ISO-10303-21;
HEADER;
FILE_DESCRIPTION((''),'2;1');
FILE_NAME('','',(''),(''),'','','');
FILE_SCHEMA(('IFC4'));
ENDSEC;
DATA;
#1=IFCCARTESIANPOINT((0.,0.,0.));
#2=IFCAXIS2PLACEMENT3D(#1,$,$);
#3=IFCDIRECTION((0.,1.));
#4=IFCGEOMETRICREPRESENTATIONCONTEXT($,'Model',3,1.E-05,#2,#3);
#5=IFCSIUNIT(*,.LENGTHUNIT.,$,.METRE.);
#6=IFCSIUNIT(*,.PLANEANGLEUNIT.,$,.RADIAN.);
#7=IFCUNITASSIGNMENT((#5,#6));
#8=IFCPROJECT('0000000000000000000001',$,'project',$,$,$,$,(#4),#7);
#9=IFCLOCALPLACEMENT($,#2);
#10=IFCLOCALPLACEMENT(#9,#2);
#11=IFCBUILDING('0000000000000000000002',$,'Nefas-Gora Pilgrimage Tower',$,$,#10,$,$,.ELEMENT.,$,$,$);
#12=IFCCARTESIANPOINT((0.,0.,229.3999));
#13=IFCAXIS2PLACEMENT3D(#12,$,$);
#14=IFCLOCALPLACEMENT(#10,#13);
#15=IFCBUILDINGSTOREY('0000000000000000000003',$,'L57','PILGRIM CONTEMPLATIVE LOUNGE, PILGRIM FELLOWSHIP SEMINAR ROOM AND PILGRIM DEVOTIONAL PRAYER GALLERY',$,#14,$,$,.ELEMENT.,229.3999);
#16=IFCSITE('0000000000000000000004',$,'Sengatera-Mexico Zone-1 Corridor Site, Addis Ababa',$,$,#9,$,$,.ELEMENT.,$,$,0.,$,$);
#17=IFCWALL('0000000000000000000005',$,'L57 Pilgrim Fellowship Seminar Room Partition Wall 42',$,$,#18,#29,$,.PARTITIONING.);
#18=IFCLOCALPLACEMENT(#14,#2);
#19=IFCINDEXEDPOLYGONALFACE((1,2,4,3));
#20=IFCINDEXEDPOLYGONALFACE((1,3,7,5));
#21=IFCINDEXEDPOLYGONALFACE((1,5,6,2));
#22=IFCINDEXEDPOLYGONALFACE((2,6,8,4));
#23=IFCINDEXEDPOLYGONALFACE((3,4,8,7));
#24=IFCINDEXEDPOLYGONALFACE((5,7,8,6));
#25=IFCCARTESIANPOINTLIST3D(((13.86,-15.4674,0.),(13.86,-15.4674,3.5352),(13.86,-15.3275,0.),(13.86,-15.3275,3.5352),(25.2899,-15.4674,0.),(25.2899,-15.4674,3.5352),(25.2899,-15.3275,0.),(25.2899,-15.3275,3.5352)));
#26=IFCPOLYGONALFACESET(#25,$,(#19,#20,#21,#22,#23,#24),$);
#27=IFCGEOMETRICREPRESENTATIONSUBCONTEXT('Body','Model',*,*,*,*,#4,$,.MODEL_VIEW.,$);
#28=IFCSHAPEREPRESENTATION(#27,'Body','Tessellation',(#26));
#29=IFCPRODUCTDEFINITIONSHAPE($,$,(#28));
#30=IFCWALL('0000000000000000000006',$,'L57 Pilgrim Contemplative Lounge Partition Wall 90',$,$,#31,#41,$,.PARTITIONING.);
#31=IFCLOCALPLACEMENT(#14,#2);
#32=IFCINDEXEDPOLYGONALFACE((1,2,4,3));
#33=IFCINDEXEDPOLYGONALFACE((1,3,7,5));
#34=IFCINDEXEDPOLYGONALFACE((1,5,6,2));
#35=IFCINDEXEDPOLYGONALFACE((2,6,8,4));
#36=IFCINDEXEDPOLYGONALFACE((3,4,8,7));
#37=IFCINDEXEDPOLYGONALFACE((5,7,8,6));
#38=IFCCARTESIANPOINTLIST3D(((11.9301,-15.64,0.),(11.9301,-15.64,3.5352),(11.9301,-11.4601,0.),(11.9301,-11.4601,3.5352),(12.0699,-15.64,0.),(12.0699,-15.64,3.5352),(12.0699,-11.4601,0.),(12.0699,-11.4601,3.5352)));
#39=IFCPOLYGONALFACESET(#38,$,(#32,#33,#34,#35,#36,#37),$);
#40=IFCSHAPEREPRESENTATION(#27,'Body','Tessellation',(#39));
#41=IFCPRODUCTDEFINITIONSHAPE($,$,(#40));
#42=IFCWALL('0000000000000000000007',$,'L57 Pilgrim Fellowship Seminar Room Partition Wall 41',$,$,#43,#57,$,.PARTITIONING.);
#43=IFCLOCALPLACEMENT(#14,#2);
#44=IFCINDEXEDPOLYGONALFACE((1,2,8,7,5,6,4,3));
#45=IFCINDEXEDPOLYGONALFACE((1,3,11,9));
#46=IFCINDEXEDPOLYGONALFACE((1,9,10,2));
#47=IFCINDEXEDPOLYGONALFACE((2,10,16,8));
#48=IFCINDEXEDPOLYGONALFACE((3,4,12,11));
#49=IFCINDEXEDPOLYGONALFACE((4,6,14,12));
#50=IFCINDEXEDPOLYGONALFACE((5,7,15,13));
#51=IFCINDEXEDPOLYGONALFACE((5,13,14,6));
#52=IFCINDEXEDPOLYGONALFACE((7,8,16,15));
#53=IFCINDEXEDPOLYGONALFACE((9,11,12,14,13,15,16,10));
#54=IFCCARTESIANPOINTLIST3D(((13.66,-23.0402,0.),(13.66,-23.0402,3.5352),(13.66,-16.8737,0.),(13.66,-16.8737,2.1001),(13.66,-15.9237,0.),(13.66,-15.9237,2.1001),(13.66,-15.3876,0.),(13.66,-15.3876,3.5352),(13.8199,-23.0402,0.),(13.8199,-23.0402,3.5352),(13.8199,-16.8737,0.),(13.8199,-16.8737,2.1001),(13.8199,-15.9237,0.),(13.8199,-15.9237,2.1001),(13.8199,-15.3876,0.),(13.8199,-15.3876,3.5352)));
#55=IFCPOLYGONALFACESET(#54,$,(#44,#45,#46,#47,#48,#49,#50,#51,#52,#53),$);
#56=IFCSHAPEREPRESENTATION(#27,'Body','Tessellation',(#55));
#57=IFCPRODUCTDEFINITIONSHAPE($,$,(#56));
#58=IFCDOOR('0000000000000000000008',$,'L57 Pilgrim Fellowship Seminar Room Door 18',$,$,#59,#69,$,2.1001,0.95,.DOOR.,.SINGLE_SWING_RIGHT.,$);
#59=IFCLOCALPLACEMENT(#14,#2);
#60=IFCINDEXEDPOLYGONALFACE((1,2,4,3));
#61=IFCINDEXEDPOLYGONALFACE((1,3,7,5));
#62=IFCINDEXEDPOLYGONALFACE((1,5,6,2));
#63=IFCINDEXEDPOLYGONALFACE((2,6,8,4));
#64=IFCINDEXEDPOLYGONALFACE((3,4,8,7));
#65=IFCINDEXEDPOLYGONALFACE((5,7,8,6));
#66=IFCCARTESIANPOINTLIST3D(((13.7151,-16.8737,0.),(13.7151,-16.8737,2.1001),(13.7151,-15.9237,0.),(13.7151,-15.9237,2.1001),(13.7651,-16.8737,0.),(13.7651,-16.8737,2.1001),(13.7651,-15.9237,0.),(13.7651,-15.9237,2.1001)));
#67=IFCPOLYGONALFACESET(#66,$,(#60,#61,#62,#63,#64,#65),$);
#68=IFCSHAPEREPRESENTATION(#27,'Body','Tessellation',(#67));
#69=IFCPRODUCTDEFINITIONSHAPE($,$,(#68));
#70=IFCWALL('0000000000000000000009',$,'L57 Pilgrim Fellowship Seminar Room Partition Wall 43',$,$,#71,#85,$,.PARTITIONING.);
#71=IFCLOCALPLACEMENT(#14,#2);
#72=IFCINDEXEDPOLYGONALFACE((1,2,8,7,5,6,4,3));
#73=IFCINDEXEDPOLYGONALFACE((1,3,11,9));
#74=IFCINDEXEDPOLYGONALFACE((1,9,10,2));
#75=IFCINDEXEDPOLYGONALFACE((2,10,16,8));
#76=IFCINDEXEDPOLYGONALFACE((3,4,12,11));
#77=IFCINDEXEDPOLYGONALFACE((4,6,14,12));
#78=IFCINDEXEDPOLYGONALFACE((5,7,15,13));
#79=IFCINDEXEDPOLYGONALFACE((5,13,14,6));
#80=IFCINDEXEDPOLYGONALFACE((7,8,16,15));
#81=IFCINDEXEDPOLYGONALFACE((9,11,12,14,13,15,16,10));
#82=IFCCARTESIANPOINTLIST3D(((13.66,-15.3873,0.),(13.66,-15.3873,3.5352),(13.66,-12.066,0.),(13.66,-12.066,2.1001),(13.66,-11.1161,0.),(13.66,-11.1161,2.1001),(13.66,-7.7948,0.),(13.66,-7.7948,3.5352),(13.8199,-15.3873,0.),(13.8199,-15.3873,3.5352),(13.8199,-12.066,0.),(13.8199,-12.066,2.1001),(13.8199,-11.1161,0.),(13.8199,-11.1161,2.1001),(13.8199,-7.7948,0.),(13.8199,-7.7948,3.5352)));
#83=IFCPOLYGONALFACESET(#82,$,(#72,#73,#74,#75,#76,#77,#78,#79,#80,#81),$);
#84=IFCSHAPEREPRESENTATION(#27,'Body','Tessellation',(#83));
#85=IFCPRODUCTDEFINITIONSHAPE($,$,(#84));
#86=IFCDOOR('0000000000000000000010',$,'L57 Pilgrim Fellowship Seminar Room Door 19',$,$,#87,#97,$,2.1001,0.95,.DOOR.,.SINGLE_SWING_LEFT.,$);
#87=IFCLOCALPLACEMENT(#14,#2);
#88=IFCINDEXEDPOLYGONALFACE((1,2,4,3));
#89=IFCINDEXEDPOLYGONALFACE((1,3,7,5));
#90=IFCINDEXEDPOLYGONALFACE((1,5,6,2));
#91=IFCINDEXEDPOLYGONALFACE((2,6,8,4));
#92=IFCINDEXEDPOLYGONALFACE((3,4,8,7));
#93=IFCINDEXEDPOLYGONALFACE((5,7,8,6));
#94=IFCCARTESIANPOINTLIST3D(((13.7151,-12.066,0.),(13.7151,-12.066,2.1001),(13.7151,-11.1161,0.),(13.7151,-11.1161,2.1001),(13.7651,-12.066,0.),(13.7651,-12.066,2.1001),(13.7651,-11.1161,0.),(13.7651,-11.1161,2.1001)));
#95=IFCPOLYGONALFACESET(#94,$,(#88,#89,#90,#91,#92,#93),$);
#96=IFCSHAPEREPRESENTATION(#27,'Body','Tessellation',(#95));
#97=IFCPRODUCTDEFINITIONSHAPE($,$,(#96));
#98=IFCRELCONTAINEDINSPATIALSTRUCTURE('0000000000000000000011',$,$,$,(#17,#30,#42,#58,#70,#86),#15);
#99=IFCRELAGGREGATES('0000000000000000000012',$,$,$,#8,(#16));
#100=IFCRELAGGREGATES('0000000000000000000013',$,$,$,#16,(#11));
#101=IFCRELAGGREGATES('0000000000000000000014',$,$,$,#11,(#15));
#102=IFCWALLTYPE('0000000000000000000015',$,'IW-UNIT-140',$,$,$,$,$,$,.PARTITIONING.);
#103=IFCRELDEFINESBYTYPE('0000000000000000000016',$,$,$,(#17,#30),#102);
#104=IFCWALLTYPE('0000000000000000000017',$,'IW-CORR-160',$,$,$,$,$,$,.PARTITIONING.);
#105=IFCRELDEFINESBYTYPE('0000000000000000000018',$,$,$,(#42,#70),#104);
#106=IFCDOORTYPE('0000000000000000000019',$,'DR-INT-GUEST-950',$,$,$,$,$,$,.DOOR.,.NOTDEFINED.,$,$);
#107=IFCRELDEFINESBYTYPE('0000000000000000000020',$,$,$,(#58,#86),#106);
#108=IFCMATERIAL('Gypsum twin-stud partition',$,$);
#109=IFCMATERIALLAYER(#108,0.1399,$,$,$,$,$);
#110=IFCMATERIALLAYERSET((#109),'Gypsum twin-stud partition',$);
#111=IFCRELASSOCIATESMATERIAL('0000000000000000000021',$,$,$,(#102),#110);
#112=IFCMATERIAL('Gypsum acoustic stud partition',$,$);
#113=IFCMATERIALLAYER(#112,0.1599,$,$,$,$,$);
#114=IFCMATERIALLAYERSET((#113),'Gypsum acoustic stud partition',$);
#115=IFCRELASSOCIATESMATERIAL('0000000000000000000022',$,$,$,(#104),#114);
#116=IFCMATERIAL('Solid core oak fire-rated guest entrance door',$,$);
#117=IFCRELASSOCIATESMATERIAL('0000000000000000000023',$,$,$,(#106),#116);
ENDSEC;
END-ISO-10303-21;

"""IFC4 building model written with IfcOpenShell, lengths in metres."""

from ifc_helpers import new_model, si_unit, direction, frame, frame_2d, origin, place, context, subcontext, project, spatial, rectangle, extrude, source, transform, mapped, material, layer, layer_set, type_object, element, fill, save


model = new_model("IFC4")

# Units and contexts
model_context = context("Model", 3, precision=1e-05, world=origin(), true_north=direction((0.0, 1.0)))
body_context = subcontext(model_context, "Body", "Model", "MODEL_VIEW")
ifc_project = project(units=[si_unit("LENGTHUNIT", "METRE"), si_unit("PLANEANGLEUNIT", "RADIAN")], contexts=[model_context])

# Site, building, storey
site_placement = place(None, origin())
site = spatial("IfcSite", under=ifc_project, at=site_placement, Name="Sengatera-Mexico Zone-1 Corridor Site, Addis Ababa", CompositionType="ELEMENT", RefElevation=0.0)
building_placement = place(site_placement, origin())
building = spatial("IfcBuilding", under=site, at=building_placement, Name="Nefas-Gora Pilgrimage Tower", CompositionType="ELEMENT")
storey_placement = place(building_placement, frame((0.0, 0.0, 229.3999)))
storey = spatial("IfcBuildingStorey", under=building, at=storey_placement, Name="L57", Description="PILGRIM CONTEMPLATIVE LOUNGE, PILGRIM FELLOWSHIP SEMINAR ROOM AND PILGRIM DEVOTIONAL PRAYER GALLERY", CompositionType="ELEMENT", Elevation=229.3999)

# Walls
ifc_material_1 = material(Name="Gypsum twin-stud partition")
ifc_layer_1 = layer(ifc_material_1, 0.1399)
ifc_layer_set_1 = layer_set([ifc_layer_1], Name="Gypsum twin-stud partition")
wall_type_1 = type_object("IfcWallType", Name="IW-UNIT-140", PredefinedType="PARTITIONING", material=ifc_layer_set_1)
shared_shape_1 = source(origin(), body_context, "Body", "SweptSolid", [
    extrude(rectangle(XDim=11.4299, YDim=0.1399, at=frame_2d((5.7148, 0.0))), origin(), (0.0, 0.0, 1.0), 3.5352),
])
wall_1_placement = place(storey_placement, frame((13.8601, -15.3975, 0.0), z_axis=(0.0, 0.0, 1.0), x_axis=(1.0, 0.0, 0.0)))
element("IfcWall", 1, at=wall_1_placement, inside=storey, type_object=wall_type_1, Name="L57 Pilgrim Fellowship Seminar Room Partition Wall 42", PredefinedType="PARTITIONING", context=body_context, shape_type="MappedRepresentation", body=[
    mapped(shared_shape_1, transform((0.0, 0.0, 0.0), x_axis=(1.0, 0.0, 0.0), y_axis=(0.0, 1.0, 0.0), z_axis=(0.0, 0.0, 1.0), scale=1.0)),
])
shared_shape_2 = source(origin(), body_context, "Body", "SweptSolid", [
    extrude(rectangle(XDim=4.1799, YDim=0.1399, at=frame_2d((2.0898, 0.0))), origin(), (0.0, 0.0, 1.0), 3.5352),
])
wall_2_placement = place(storey_placement, frame((12.0, -15.6399, 0.0), z_axis=(0.0, 0.0, 1.0), x_axis=(0.0, 1.0, 0.0)))
element("IfcWall", 2, at=wall_2_placement, inside=storey, type_object=wall_type_1, Name="L57 Pilgrim Contemplative Lounge Partition Wall 90", PredefinedType="PARTITIONING", context=body_context, shape_type="MappedRepresentation", body=[
    mapped(shared_shape_2, transform((0.0, 0.0, 0.0), x_axis=(1.0, 0.0, 0.0), y_axis=(0.0, 1.0, 0.0), z_axis=(0.0, 0.0, 1.0), scale=1.0)),
])

# Walls, openings, doors
ifc_material_2 = material(Name="Gypsum acoustic stud partition")
ifc_layer_2 = layer(ifc_material_2, 0.1599)
ifc_layer_set_2 = layer_set([ifc_layer_2], Name="Gypsum acoustic stud partition")
wall_type_2 = type_object("IfcWallType", Name="IW-CORR-160", PredefinedType="PARTITIONING", material=ifc_layer_set_2)
shared_shape_3 = source(origin(), body_context, "Body", "SweptSolid", [
    extrude(rectangle(XDim=7.6526, YDim=0.1599, at=frame_2d((3.8262, 0.0))), origin(), (0.0, 0.0, 1.0), 3.5352),
])
wall_3_placement = place(storey_placement, frame((13.74, -23.04, 0.0), z_axis=(0.0, 0.0, 1.0), x_axis=(0.0, 1.0, 0.0)))
wall_3 = element("IfcWall", 3, at=wall_3_placement, inside=storey, type_object=wall_type_2, Name="L57 Pilgrim Fellowship Seminar Room Partition Wall 41", PredefinedType="PARTITIONING", context=body_context, shape_type="MappedRepresentation", body=[
    mapped(shared_shape_3, transform((0.0, 0.0, 0.0), x_axis=(1.0, 0.0, 0.0), y_axis=(0.0, 1.0, 0.0), z_axis=(0.0, 0.0, 1.0), scale=1.0)),
])
opening_1_placement = place(wall_3_placement, frame((6.1663, 0.0, 0.0)))
opening_1 = element("IfcOpeningElement", 4, at=opening_1_placement, cuts=wall_3, PredefinedType="OPENING", context=body_context, shape_type="SweptSolid", body=[
    extrude(rectangle(XDim=0.95, YDim=2.1001, at=frame_2d((0.4751, 1.05))), frame((0.0, 0.0898, 0.0), z_axis=(0.0, -1.0, 0.0), x_axis=(1.0, 0.0, 0.0)), (0.0, 0.0, 1.0), 0.1799),
])
ifc_material_3 = material(Name="Solid core oak fire-rated guest entrance door")
door_type = type_object("IfcDoorType", Name="DR-INT-GUEST-950", OperationType="NOTDEFINED", PredefinedType="DOOR", material=ifc_material_3)
shared_shape_4 = source(origin(), body_context, "Body", "SweptSolid", [
    extrude(rectangle(XDim=0.95, YDim=2.1001, at=frame_2d((0.4751, 1.05))), frame((0.0, 0.0249, 0.0), z_axis=(0.0, -1.0, 0.0), x_axis=(1.0, 0.0, 0.0)), (0.0, 0.0, 1.0), 0.05),
])
door_1_placement = place(opening_1_placement, origin())
door_1 = element("IfcDoor", 5, at=door_1_placement, inside=storey, type_object=door_type, Name="L57 Pilgrim Fellowship Seminar Room Door 18", OperationType="SINGLE_SWING_RIGHT", OverallHeight=2.1001, OverallWidth=0.95, PredefinedType="DOOR", context=body_context, shape_type="MappedRepresentation", body=[
    mapped(shared_shape_4, transform((0.0, 0.0, 0.0), x_axis=(1.0, 0.0, 0.0), y_axis=(0.0, 1.0, 0.0), z_axis=(0.0, 0.0, 1.0), scale=1.0)),
])
fill(opening_1, door_1)
shared_shape_5 = source(origin(), body_context, "Body", "SweptSolid", [
    extrude(rectangle(XDim=7.5925, YDim=0.1599, at=frame_2d((3.7964, 0.0))), origin(), (0.0, 0.0, 1.0), 3.5352),
])
wall_4_placement = place(storey_placement, frame((13.74, -15.3875, 0.0), z_axis=(0.0, 0.0, 1.0), x_axis=(0.0, 1.0, 0.0)))
wall_4 = element("IfcWall", 6, at=wall_4_placement, inside=storey, type_object=wall_type_2, Name="L57 Pilgrim Fellowship Seminar Room Partition Wall 43", PredefinedType="PARTITIONING", context=body_context, shape_type="MappedRepresentation", body=[
    mapped(shared_shape_5, transform((0.0, 0.0, 0.0), x_axis=(1.0, 0.0, 0.0), y_axis=(0.0, 1.0, 0.0), z_axis=(0.0, 0.0, 1.0), scale=1.0)),
])
opening_2_placement = place(wall_4_placement, frame((3.3213, 0.0, 0.0)))
opening_2 = element("IfcOpeningElement", 7, at=opening_2_placement, cuts=wall_4, PredefinedType="OPENING", context=body_context, shape_type="SweptSolid", body=[
    extrude(rectangle(XDim=0.95, YDim=2.1001, at=frame_2d((0.4751, 1.05))), frame((0.0, 0.0898, 0.0), z_axis=(0.0, -1.0, 0.0), x_axis=(1.0, 0.0, 0.0)), (0.0, 0.0, 1.0), 0.1799),
])
door_2_placement = place(opening_2_placement, origin())
door_2 = element("IfcDoor", 8, at=door_2_placement, inside=storey, type_object=door_type, Name="L57 Pilgrim Fellowship Seminar Room Door 19", OperationType="SINGLE_SWING_LEFT", OverallHeight=2.1001, OverallWidth=0.95, PredefinedType="DOOR", context=body_context, shape_type="MappedRepresentation", body=[
    mapped(shared_shape_4, transform((0.0, 0.0, 0.0), x_axis=(1.0, 0.0, 0.0), y_axis=(0.0, 1.0, 0.0), z_axis=(0.0, 0.0, 1.0), scale=1.0)),
])
fill(opening_2, door_2)

save(model, "model.ifc")
